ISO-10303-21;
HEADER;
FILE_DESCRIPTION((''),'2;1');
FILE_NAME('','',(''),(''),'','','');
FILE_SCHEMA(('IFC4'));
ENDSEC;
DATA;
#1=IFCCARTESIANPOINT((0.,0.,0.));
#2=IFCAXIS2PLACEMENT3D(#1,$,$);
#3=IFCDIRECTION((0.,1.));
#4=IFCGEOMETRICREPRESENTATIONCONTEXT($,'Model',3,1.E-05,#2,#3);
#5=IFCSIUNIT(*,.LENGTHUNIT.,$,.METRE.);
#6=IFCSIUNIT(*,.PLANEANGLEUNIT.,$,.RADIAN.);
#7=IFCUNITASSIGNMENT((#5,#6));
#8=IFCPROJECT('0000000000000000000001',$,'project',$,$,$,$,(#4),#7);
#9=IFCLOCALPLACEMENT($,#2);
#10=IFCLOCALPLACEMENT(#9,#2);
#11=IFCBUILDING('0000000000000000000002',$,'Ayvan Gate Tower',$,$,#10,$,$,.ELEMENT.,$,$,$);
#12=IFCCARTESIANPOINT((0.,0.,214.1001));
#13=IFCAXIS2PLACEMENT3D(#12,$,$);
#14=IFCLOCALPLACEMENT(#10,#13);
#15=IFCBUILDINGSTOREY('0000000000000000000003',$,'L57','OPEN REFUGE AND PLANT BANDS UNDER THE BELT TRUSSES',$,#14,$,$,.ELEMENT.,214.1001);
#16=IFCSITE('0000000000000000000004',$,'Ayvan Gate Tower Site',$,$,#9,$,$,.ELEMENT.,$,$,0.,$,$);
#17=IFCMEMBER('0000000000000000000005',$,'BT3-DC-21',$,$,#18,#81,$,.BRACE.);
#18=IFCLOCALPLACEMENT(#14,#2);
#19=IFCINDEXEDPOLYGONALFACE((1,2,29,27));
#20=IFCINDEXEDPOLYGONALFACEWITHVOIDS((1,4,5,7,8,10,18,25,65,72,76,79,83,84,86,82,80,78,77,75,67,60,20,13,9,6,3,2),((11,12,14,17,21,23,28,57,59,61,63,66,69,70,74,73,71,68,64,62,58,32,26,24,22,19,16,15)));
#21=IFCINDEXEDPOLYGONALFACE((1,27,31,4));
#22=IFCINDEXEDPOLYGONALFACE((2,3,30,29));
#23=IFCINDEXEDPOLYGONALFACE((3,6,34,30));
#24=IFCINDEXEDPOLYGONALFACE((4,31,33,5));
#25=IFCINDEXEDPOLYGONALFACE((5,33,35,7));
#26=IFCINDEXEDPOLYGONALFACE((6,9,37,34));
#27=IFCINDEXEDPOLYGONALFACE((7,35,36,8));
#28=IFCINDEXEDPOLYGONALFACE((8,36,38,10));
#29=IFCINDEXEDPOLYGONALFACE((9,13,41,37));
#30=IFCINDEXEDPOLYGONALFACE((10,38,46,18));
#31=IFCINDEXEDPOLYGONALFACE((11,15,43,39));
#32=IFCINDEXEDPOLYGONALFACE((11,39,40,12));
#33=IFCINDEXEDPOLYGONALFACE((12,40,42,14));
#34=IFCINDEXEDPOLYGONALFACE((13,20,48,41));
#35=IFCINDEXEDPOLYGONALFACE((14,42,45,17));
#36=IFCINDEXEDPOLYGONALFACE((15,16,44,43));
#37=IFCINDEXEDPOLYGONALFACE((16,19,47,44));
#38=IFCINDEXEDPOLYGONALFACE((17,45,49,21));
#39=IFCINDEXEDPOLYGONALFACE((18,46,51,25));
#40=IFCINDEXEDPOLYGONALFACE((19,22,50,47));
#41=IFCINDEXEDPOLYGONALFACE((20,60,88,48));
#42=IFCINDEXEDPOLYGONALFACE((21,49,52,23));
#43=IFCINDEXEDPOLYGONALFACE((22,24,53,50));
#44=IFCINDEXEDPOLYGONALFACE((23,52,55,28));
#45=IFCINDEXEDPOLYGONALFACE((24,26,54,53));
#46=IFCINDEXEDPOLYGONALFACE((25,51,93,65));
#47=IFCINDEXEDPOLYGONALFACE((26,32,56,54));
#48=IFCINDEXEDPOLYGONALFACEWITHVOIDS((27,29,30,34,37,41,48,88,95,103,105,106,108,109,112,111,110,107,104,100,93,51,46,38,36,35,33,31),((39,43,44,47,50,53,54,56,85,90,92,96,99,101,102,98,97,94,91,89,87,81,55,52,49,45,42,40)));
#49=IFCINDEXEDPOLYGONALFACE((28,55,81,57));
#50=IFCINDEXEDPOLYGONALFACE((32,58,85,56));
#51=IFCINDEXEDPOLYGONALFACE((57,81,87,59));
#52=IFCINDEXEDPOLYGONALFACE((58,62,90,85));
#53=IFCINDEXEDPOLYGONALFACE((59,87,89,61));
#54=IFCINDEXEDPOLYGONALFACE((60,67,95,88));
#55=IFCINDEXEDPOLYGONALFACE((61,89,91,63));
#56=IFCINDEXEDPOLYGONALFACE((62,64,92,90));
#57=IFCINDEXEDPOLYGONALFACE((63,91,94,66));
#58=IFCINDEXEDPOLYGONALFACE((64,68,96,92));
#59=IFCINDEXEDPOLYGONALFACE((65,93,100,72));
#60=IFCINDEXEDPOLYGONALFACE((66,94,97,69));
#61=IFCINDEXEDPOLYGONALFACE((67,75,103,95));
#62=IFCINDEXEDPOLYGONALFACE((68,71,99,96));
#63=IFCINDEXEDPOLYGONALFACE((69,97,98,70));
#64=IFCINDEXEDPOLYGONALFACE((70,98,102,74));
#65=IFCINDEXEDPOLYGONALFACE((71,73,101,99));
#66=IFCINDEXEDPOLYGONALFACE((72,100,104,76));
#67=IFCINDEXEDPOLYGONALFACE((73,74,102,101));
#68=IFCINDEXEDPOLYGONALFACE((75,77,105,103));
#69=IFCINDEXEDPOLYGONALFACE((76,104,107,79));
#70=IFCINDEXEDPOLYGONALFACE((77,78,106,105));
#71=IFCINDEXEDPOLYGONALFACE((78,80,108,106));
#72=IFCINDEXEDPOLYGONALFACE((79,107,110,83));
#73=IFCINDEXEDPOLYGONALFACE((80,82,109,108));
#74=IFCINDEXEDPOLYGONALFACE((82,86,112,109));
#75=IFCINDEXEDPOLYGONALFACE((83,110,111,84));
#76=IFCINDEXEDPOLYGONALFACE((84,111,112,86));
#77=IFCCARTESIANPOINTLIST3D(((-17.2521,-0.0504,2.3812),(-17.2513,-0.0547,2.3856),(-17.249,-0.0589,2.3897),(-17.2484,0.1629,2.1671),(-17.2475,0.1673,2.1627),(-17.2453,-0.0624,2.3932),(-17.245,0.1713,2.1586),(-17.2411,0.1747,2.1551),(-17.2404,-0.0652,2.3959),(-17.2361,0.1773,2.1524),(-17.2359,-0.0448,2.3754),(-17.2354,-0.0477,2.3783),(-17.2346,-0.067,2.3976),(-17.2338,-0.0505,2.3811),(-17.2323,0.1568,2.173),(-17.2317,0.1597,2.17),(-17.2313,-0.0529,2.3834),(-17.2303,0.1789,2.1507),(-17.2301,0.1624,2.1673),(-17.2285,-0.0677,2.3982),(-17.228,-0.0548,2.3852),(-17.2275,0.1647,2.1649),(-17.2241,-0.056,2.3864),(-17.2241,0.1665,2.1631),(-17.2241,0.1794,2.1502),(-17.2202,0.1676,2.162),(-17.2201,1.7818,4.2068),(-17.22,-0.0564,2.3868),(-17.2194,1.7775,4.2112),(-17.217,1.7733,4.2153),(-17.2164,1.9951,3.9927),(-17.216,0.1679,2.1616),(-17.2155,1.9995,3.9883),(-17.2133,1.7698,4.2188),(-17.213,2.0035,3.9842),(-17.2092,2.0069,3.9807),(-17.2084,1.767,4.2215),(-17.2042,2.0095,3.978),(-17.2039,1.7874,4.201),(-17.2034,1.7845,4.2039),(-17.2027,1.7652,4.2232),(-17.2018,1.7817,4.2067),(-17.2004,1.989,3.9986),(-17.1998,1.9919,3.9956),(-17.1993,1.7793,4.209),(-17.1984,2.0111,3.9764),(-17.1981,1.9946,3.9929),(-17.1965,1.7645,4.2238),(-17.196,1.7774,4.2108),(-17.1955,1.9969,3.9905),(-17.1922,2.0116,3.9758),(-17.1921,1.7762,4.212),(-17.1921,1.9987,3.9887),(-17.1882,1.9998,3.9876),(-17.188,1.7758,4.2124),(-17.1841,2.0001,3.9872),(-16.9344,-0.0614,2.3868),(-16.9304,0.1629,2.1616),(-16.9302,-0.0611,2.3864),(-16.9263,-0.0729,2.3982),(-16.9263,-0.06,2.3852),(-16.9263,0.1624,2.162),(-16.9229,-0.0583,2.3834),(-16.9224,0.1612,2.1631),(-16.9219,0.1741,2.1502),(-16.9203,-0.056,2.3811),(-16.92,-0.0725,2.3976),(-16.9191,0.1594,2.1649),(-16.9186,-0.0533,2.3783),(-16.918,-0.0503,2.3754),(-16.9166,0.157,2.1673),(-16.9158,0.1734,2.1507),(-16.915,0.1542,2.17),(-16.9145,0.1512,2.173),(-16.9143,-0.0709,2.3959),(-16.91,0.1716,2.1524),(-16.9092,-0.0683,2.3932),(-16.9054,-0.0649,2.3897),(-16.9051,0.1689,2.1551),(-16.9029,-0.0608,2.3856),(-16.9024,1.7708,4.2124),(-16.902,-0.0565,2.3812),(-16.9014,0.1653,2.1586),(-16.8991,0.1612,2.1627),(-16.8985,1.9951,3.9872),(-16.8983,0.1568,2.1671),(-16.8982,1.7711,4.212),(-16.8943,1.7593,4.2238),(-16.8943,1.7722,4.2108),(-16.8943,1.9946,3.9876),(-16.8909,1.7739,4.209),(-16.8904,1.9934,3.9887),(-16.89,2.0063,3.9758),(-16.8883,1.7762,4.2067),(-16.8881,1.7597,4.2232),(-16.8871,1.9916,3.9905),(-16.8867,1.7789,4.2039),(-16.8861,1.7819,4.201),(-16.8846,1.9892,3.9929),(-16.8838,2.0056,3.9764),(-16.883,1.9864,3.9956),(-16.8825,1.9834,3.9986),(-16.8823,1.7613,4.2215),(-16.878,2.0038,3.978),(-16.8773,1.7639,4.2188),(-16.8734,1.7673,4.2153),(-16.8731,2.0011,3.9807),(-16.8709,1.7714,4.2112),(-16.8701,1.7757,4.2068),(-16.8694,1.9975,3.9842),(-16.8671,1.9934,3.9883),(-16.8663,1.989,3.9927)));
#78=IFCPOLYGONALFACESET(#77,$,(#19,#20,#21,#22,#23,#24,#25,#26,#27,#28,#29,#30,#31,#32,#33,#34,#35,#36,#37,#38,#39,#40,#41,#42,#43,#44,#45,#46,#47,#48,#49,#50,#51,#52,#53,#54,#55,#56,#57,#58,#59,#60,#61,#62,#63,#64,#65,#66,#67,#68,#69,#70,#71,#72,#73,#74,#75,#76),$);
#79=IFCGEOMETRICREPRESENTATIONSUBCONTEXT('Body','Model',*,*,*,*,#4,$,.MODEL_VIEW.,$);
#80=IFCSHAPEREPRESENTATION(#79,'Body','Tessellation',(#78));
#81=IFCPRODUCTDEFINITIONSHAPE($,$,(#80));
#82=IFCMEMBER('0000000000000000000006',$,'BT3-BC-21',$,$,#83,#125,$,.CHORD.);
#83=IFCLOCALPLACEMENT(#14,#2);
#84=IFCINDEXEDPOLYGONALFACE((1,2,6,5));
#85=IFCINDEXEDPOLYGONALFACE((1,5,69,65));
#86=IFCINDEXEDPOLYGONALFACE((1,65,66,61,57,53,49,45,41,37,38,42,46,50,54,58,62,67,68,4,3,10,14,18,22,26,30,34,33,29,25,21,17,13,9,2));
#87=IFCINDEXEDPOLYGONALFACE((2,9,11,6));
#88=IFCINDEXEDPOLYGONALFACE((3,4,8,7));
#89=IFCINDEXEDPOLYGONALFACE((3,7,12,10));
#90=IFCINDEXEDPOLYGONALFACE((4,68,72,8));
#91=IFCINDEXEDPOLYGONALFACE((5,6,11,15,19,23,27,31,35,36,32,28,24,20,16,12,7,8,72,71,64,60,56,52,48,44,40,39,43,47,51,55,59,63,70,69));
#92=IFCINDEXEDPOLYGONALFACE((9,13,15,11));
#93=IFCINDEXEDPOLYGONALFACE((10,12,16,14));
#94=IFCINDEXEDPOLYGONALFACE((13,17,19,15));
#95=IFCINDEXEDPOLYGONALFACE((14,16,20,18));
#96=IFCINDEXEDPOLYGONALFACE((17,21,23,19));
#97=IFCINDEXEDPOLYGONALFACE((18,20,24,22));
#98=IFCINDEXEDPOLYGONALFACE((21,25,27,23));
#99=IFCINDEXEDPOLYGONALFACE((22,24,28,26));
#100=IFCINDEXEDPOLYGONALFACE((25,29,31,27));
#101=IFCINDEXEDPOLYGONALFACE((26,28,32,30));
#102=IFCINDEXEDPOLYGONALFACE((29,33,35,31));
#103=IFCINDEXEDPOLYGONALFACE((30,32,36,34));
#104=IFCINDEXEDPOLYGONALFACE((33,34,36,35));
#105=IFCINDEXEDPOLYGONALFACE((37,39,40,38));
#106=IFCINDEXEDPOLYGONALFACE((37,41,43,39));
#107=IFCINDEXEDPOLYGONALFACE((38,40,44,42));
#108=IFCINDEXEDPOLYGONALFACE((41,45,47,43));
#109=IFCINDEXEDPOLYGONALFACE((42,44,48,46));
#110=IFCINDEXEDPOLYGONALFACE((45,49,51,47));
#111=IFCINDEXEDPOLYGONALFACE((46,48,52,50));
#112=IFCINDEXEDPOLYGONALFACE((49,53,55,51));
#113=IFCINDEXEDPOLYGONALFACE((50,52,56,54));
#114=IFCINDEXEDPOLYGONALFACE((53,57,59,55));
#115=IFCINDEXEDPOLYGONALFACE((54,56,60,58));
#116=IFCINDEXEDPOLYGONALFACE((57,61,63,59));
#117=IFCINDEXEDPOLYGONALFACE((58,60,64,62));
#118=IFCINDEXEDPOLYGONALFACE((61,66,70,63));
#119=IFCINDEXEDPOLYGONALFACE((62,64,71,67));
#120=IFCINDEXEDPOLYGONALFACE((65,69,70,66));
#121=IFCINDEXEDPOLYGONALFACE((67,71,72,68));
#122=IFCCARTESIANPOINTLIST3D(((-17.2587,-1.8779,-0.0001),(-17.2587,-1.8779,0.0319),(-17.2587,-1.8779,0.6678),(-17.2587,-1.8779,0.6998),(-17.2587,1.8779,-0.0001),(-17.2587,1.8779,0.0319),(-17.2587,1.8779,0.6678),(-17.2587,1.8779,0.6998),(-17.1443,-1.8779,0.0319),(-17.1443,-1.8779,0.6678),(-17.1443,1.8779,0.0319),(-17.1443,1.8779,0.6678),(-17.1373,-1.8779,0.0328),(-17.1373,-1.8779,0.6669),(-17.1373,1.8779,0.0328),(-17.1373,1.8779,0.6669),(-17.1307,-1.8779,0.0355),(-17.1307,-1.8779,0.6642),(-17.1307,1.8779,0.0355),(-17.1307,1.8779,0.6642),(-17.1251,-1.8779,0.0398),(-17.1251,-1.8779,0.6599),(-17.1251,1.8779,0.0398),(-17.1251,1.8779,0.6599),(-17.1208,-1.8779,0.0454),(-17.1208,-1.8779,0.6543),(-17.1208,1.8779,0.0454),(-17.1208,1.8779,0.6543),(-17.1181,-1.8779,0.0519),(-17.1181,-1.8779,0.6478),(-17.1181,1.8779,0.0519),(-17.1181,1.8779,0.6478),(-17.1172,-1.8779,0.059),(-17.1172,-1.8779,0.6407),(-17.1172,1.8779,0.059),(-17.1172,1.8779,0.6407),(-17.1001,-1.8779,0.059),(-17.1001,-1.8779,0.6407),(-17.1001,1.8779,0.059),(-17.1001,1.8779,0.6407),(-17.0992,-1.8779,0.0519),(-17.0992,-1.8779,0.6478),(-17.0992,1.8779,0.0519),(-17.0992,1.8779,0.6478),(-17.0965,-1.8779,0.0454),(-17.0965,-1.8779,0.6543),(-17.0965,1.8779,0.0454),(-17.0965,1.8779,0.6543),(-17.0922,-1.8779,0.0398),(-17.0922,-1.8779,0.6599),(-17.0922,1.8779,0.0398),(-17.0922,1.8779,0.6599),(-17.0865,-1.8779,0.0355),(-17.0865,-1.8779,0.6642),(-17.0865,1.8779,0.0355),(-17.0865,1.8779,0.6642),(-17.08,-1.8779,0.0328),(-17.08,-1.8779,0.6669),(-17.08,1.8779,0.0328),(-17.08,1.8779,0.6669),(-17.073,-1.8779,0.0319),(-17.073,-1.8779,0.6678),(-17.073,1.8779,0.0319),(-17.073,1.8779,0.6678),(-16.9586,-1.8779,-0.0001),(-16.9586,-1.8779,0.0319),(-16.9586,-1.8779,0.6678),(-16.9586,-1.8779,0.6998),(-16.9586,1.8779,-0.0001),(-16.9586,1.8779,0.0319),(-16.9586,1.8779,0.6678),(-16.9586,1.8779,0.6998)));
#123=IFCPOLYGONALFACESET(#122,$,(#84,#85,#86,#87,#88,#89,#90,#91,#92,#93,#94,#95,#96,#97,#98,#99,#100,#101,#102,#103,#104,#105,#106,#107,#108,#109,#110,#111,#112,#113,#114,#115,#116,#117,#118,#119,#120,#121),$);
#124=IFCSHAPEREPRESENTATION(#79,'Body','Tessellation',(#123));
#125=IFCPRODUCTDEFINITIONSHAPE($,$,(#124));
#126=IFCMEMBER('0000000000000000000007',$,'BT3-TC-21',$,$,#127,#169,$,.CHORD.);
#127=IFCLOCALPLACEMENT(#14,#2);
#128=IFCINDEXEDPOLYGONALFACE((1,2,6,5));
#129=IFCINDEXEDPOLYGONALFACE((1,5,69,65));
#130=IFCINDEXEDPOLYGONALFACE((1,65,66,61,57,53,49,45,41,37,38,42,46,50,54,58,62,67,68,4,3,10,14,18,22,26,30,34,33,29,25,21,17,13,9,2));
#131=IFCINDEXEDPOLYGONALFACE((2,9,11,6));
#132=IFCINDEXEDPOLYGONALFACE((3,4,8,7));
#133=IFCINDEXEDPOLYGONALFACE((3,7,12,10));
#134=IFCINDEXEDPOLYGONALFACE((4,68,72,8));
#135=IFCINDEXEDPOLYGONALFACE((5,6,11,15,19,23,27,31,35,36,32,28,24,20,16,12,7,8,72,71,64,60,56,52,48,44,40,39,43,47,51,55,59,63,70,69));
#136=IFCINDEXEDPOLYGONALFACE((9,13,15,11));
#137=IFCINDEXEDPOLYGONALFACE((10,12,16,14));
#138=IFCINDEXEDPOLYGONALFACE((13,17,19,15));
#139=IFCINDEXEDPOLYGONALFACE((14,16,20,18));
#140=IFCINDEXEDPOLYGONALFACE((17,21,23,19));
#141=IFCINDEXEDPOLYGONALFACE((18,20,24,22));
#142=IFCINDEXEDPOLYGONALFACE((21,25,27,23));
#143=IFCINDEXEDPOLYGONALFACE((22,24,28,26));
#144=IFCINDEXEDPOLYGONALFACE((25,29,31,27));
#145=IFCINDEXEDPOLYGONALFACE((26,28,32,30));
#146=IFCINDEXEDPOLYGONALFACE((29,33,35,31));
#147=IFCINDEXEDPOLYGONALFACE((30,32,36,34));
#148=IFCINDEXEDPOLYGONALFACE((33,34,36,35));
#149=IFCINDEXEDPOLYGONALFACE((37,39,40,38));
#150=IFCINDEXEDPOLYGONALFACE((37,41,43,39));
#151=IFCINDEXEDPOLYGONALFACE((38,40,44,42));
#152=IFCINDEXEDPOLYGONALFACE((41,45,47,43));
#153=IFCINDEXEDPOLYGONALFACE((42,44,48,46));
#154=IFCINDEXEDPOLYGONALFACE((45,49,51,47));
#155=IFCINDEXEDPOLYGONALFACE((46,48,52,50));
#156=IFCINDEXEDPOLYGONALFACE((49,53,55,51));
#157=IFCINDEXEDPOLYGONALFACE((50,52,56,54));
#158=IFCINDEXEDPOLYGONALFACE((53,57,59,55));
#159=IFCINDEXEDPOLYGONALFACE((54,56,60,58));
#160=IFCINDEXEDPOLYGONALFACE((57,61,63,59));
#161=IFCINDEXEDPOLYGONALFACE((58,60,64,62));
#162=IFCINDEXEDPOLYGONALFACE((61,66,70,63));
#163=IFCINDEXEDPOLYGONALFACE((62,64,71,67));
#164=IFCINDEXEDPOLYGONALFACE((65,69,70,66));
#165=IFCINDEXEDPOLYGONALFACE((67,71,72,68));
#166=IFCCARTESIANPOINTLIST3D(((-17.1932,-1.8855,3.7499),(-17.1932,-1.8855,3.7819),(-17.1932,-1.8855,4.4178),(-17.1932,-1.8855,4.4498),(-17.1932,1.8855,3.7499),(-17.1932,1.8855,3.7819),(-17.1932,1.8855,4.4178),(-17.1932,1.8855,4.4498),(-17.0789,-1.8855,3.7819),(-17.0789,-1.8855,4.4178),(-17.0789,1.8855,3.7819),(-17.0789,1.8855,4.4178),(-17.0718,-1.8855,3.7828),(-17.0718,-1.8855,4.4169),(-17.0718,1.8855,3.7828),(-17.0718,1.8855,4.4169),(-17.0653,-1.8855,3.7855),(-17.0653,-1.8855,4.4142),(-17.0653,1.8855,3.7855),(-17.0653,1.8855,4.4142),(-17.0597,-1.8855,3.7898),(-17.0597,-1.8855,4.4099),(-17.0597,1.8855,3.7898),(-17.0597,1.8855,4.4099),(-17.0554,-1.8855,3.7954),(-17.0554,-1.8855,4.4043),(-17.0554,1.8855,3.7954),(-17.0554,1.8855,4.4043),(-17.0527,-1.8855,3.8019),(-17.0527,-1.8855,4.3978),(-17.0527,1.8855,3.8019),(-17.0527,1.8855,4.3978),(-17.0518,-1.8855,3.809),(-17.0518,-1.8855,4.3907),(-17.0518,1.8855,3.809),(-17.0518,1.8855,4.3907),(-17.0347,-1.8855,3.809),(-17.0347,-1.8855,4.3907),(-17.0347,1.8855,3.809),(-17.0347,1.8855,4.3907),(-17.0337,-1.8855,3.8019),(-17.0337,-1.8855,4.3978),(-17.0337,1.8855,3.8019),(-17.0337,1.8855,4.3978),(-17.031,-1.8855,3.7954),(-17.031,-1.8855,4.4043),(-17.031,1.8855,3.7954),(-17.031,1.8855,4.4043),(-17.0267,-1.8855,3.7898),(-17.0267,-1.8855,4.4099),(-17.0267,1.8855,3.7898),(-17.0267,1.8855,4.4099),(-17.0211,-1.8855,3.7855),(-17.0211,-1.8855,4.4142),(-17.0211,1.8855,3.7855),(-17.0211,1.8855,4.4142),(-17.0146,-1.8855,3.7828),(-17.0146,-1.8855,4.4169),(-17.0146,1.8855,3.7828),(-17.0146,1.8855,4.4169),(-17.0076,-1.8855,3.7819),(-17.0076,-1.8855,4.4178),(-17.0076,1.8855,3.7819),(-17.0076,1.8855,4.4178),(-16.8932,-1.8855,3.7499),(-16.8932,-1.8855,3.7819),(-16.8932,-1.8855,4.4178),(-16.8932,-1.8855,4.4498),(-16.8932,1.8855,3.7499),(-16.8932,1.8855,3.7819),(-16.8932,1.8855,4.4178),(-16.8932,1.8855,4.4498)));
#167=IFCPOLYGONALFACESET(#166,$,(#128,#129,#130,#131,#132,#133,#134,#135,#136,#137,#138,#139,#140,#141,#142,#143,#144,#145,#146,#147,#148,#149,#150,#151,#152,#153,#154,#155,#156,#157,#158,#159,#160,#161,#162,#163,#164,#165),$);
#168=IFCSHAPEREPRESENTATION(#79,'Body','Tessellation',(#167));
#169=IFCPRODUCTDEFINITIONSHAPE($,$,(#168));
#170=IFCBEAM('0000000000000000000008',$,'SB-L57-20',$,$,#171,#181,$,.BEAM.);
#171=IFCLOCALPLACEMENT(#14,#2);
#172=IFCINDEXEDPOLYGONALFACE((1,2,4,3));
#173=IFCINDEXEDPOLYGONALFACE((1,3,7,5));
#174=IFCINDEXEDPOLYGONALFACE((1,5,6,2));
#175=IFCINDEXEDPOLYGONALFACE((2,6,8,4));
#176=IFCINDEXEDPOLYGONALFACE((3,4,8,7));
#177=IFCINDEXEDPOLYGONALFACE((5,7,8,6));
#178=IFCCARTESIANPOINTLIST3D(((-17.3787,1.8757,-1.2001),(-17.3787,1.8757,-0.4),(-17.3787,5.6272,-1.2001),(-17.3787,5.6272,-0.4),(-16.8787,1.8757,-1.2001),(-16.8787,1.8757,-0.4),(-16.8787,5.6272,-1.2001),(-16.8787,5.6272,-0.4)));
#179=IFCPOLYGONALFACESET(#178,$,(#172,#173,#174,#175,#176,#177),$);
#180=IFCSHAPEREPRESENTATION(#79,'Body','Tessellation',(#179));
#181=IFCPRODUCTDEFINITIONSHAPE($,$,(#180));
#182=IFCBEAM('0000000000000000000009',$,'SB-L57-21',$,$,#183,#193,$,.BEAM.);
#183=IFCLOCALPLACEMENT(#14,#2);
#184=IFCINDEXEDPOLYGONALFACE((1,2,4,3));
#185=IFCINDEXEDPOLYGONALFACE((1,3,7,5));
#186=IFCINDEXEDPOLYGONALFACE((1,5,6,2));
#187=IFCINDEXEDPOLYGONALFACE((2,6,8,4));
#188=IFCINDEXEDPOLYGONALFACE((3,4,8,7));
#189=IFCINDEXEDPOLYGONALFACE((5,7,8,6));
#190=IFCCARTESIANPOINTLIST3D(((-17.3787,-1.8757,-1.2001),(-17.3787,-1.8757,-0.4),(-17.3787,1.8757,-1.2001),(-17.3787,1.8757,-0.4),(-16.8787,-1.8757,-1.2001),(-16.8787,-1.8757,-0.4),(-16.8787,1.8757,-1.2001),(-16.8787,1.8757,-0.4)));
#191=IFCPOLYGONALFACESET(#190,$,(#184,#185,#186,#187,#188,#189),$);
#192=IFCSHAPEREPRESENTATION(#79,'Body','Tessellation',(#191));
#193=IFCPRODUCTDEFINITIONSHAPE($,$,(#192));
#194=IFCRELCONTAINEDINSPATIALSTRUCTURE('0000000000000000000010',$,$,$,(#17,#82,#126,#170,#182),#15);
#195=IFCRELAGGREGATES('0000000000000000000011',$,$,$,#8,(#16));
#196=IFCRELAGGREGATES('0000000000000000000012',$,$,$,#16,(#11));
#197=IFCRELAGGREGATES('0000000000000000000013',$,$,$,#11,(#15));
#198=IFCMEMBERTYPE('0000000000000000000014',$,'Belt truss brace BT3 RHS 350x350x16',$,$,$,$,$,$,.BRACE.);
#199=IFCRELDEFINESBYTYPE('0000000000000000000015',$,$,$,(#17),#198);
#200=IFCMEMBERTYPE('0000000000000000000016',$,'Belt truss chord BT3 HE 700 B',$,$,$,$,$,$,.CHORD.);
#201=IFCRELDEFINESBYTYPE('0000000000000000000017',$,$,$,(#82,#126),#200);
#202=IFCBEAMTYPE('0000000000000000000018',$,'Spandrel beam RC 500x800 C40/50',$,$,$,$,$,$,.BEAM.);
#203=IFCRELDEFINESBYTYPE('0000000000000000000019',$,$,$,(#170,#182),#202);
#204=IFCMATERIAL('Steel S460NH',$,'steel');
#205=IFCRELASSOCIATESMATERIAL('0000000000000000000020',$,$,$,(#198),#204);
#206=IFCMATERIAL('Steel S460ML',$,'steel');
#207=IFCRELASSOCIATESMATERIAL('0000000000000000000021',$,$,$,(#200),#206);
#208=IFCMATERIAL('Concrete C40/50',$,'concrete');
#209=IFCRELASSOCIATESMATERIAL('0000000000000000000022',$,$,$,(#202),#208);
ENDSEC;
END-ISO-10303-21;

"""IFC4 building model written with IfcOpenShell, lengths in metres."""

from ifc_helpers import new_model, si_unit, direction, frame, origin, origin_2d, place, context, subcontext, project, spatial, rectangle, hollow_rectangle, i_section, extrude, material, material_profile, profile_set, type_object, element, save


model = new_model("IFC4")

# Units and contexts
model_context = context("Model", 3, precision=1e-05, world=origin(), true_north=direction((0.0, 1.0)))
body_context = subcontext(model_context, "Body", "Model", "MODEL_VIEW")
ifc_project = project(units=[si_unit("LENGTHUNIT", "METRE"), si_unit("PLANEANGLEUNIT", "RADIAN")], contexts=[model_context])

# Site, building, storey
site_placement = place(None, origin())
site = spatial("IfcSite", under=ifc_project, at=site_placement, Name="Ayvan Gate Tower Site", CompositionType="ELEMENT", RefElevation=0.0)
building_placement = place(site_placement, origin())
building = spatial("IfcBuilding", under=site, at=building_placement, Name="Ayvan Gate Tower", CompositionType="ELEMENT")
storey_placement = place(building_placement, frame((0.0, 0.0, 214.1001)))
storey = spatial("IfcBuildingStorey", under=building, at=storey_placement, Name="L57", Description="OPEN REFUGE AND PLANT BANDS UNDER THE BELT TRUSSES", CompositionType="ELEMENT", Elevation=214.1001)

# Members
ifc_material_1 = material(Name="Steel S460NH", Category="steel")
ifc_material_profile_1 = material_profile(ifc_material_1, hollow_rectangle(XDim=0.3501, YDim=0.3501, WallThickness=0.0161, InnerFilletRadius=0.0161, OuterFilletRadius=0.0239, at=origin_2d()), Name="RHS 350x350x16")
ifc_profile_set_1 = profile_set([ifc_material_profile_1], Name="Steel S460NH")
member_type_1 = type_object("IfcMemberType", Name="Belt truss brace BT3 RHS 350x350x16", PredefinedType="BRACE", material=ifc_profile_set_1)
member_1_placement = place(storey_placement, frame((-17.0752, 0.0532, 2.2742), z_axis=(0.012364, 0.708326, 0.705777), x_axis=(-0.999848, 0.017452, 0.0)))
element("IfcMember", 1, at=member_1_placement, inside=storey, type_object=member_type_1, Name="BT3-DC-21", PredefinedType="BRACE", context=body_context, shape_type="SweptSolid", body=[
    extrude(hollow_rectangle(XDim=0.3501, YDim=0.3501, WallThickness=0.0161, InnerFilletRadius=0.0161, OuterFilletRadius=0.0239, at=origin_2d()), origin(), (0.0, 0.0, 1.0), 2.5867),
])
ifc_material_2 = material(Name="Steel S460ML", Category="steel")
ifc_material_profile_2 = material_profile(ifc_material_2, i_section(OverallWidth=0.3, OverallDepth=0.7, WebThickness=0.0171, FlangeThickness=0.032, FilletRadius=0.0271, at=origin_2d()), Name="HE 700 B")
ifc_profile_set_2 = profile_set([ifc_material_profile_2], Name="Steel S460ML")
member_type_2 = type_object("IfcMemberType", Name="Belt truss chord BT3 HE 700 B", PredefinedType="CHORD", material=ifc_profile_set_2)
member_2_placement = place(storey_placement, frame((-17.1086, 1.8779, 0.3499), z_axis=(0.0, -1.0, 0.0), x_axis=(1.0, 0.0, 0.0)))
element("IfcMember", 2, at=member_2_placement, inside=storey, type_object=member_type_2, Name="BT3-BC-21", PredefinedType="CHORD", context=body_context, shape_type="SweptSolid", body=[
    extrude(i_section(OverallWidth=0.3, OverallDepth=0.7, WebThickness=0.0171, FlangeThickness=0.032, FilletRadius=0.0271, at=origin_2d()), origin(), (0.0, 0.0, 1.0), 3.7559),
])
member_3_placement = place(storey_placement, frame((-17.0432, 1.8855, 4.0999), z_axis=(0.0, -1.0, 0.0), x_axis=(1.0, 0.0, 0.0)))
element("IfcMember", 3, at=member_3_placement, inside=storey, type_object=member_type_2, Name="BT3-TC-21", PredefinedType="CHORD", context=body_context, shape_type="SweptSolid", body=[
    extrude(i_section(OverallWidth=0.3, OverallDepth=0.7, WebThickness=0.0171, FlangeThickness=0.032, FilletRadius=0.0271, at=origin_2d()), origin(), (0.0, 0.0, 1.0), 3.771),
])

# Beams
ifc_material_3 = material(Name="Concrete C40/50", Category="concrete")
ifc_material_profile_3 = material_profile(ifc_material_3, rectangle(XDim=0.5, YDim=0.8, at=origin_2d()), Name="RC 500x800")
ifc_profile_set_3 = profile_set([ifc_material_profile_3], Name="Concrete C40/50")
beam_type = type_object("IfcBeamType", Name="Spandrel beam RC 500x800 C40/50", PredefinedType="BEAM", material=ifc_profile_set_3)
for number, where, z_axis, x_axis, name in (
    (4, (-17.1287, 5.6272, -0.8), (0.0, -1.0, 0.0), (1.0, 0.0, 0.0), "SB-L57-20"),
    (5, (-17.1287, 1.8757, -0.8), (0.0, -1.0, 0.0), (1.0, 0.0, 0.0), "SB-L57-21"),
):
    element("IfcBeam", number, at=place(storey_placement, frame(where, z_axis=z_axis, x_axis=x_axis)), inside=storey, type_object=beam_type, Name=name, PredefinedType="BEAM", context=body_context, shape_type="SweptSolid", body=[
        extrude(rectangle(XDim=0.5, YDim=0.8, at=origin_2d()), origin(), (0.0, 0.0, 1.0), 3.7515),
    ])

save(model, "model.ifc")
